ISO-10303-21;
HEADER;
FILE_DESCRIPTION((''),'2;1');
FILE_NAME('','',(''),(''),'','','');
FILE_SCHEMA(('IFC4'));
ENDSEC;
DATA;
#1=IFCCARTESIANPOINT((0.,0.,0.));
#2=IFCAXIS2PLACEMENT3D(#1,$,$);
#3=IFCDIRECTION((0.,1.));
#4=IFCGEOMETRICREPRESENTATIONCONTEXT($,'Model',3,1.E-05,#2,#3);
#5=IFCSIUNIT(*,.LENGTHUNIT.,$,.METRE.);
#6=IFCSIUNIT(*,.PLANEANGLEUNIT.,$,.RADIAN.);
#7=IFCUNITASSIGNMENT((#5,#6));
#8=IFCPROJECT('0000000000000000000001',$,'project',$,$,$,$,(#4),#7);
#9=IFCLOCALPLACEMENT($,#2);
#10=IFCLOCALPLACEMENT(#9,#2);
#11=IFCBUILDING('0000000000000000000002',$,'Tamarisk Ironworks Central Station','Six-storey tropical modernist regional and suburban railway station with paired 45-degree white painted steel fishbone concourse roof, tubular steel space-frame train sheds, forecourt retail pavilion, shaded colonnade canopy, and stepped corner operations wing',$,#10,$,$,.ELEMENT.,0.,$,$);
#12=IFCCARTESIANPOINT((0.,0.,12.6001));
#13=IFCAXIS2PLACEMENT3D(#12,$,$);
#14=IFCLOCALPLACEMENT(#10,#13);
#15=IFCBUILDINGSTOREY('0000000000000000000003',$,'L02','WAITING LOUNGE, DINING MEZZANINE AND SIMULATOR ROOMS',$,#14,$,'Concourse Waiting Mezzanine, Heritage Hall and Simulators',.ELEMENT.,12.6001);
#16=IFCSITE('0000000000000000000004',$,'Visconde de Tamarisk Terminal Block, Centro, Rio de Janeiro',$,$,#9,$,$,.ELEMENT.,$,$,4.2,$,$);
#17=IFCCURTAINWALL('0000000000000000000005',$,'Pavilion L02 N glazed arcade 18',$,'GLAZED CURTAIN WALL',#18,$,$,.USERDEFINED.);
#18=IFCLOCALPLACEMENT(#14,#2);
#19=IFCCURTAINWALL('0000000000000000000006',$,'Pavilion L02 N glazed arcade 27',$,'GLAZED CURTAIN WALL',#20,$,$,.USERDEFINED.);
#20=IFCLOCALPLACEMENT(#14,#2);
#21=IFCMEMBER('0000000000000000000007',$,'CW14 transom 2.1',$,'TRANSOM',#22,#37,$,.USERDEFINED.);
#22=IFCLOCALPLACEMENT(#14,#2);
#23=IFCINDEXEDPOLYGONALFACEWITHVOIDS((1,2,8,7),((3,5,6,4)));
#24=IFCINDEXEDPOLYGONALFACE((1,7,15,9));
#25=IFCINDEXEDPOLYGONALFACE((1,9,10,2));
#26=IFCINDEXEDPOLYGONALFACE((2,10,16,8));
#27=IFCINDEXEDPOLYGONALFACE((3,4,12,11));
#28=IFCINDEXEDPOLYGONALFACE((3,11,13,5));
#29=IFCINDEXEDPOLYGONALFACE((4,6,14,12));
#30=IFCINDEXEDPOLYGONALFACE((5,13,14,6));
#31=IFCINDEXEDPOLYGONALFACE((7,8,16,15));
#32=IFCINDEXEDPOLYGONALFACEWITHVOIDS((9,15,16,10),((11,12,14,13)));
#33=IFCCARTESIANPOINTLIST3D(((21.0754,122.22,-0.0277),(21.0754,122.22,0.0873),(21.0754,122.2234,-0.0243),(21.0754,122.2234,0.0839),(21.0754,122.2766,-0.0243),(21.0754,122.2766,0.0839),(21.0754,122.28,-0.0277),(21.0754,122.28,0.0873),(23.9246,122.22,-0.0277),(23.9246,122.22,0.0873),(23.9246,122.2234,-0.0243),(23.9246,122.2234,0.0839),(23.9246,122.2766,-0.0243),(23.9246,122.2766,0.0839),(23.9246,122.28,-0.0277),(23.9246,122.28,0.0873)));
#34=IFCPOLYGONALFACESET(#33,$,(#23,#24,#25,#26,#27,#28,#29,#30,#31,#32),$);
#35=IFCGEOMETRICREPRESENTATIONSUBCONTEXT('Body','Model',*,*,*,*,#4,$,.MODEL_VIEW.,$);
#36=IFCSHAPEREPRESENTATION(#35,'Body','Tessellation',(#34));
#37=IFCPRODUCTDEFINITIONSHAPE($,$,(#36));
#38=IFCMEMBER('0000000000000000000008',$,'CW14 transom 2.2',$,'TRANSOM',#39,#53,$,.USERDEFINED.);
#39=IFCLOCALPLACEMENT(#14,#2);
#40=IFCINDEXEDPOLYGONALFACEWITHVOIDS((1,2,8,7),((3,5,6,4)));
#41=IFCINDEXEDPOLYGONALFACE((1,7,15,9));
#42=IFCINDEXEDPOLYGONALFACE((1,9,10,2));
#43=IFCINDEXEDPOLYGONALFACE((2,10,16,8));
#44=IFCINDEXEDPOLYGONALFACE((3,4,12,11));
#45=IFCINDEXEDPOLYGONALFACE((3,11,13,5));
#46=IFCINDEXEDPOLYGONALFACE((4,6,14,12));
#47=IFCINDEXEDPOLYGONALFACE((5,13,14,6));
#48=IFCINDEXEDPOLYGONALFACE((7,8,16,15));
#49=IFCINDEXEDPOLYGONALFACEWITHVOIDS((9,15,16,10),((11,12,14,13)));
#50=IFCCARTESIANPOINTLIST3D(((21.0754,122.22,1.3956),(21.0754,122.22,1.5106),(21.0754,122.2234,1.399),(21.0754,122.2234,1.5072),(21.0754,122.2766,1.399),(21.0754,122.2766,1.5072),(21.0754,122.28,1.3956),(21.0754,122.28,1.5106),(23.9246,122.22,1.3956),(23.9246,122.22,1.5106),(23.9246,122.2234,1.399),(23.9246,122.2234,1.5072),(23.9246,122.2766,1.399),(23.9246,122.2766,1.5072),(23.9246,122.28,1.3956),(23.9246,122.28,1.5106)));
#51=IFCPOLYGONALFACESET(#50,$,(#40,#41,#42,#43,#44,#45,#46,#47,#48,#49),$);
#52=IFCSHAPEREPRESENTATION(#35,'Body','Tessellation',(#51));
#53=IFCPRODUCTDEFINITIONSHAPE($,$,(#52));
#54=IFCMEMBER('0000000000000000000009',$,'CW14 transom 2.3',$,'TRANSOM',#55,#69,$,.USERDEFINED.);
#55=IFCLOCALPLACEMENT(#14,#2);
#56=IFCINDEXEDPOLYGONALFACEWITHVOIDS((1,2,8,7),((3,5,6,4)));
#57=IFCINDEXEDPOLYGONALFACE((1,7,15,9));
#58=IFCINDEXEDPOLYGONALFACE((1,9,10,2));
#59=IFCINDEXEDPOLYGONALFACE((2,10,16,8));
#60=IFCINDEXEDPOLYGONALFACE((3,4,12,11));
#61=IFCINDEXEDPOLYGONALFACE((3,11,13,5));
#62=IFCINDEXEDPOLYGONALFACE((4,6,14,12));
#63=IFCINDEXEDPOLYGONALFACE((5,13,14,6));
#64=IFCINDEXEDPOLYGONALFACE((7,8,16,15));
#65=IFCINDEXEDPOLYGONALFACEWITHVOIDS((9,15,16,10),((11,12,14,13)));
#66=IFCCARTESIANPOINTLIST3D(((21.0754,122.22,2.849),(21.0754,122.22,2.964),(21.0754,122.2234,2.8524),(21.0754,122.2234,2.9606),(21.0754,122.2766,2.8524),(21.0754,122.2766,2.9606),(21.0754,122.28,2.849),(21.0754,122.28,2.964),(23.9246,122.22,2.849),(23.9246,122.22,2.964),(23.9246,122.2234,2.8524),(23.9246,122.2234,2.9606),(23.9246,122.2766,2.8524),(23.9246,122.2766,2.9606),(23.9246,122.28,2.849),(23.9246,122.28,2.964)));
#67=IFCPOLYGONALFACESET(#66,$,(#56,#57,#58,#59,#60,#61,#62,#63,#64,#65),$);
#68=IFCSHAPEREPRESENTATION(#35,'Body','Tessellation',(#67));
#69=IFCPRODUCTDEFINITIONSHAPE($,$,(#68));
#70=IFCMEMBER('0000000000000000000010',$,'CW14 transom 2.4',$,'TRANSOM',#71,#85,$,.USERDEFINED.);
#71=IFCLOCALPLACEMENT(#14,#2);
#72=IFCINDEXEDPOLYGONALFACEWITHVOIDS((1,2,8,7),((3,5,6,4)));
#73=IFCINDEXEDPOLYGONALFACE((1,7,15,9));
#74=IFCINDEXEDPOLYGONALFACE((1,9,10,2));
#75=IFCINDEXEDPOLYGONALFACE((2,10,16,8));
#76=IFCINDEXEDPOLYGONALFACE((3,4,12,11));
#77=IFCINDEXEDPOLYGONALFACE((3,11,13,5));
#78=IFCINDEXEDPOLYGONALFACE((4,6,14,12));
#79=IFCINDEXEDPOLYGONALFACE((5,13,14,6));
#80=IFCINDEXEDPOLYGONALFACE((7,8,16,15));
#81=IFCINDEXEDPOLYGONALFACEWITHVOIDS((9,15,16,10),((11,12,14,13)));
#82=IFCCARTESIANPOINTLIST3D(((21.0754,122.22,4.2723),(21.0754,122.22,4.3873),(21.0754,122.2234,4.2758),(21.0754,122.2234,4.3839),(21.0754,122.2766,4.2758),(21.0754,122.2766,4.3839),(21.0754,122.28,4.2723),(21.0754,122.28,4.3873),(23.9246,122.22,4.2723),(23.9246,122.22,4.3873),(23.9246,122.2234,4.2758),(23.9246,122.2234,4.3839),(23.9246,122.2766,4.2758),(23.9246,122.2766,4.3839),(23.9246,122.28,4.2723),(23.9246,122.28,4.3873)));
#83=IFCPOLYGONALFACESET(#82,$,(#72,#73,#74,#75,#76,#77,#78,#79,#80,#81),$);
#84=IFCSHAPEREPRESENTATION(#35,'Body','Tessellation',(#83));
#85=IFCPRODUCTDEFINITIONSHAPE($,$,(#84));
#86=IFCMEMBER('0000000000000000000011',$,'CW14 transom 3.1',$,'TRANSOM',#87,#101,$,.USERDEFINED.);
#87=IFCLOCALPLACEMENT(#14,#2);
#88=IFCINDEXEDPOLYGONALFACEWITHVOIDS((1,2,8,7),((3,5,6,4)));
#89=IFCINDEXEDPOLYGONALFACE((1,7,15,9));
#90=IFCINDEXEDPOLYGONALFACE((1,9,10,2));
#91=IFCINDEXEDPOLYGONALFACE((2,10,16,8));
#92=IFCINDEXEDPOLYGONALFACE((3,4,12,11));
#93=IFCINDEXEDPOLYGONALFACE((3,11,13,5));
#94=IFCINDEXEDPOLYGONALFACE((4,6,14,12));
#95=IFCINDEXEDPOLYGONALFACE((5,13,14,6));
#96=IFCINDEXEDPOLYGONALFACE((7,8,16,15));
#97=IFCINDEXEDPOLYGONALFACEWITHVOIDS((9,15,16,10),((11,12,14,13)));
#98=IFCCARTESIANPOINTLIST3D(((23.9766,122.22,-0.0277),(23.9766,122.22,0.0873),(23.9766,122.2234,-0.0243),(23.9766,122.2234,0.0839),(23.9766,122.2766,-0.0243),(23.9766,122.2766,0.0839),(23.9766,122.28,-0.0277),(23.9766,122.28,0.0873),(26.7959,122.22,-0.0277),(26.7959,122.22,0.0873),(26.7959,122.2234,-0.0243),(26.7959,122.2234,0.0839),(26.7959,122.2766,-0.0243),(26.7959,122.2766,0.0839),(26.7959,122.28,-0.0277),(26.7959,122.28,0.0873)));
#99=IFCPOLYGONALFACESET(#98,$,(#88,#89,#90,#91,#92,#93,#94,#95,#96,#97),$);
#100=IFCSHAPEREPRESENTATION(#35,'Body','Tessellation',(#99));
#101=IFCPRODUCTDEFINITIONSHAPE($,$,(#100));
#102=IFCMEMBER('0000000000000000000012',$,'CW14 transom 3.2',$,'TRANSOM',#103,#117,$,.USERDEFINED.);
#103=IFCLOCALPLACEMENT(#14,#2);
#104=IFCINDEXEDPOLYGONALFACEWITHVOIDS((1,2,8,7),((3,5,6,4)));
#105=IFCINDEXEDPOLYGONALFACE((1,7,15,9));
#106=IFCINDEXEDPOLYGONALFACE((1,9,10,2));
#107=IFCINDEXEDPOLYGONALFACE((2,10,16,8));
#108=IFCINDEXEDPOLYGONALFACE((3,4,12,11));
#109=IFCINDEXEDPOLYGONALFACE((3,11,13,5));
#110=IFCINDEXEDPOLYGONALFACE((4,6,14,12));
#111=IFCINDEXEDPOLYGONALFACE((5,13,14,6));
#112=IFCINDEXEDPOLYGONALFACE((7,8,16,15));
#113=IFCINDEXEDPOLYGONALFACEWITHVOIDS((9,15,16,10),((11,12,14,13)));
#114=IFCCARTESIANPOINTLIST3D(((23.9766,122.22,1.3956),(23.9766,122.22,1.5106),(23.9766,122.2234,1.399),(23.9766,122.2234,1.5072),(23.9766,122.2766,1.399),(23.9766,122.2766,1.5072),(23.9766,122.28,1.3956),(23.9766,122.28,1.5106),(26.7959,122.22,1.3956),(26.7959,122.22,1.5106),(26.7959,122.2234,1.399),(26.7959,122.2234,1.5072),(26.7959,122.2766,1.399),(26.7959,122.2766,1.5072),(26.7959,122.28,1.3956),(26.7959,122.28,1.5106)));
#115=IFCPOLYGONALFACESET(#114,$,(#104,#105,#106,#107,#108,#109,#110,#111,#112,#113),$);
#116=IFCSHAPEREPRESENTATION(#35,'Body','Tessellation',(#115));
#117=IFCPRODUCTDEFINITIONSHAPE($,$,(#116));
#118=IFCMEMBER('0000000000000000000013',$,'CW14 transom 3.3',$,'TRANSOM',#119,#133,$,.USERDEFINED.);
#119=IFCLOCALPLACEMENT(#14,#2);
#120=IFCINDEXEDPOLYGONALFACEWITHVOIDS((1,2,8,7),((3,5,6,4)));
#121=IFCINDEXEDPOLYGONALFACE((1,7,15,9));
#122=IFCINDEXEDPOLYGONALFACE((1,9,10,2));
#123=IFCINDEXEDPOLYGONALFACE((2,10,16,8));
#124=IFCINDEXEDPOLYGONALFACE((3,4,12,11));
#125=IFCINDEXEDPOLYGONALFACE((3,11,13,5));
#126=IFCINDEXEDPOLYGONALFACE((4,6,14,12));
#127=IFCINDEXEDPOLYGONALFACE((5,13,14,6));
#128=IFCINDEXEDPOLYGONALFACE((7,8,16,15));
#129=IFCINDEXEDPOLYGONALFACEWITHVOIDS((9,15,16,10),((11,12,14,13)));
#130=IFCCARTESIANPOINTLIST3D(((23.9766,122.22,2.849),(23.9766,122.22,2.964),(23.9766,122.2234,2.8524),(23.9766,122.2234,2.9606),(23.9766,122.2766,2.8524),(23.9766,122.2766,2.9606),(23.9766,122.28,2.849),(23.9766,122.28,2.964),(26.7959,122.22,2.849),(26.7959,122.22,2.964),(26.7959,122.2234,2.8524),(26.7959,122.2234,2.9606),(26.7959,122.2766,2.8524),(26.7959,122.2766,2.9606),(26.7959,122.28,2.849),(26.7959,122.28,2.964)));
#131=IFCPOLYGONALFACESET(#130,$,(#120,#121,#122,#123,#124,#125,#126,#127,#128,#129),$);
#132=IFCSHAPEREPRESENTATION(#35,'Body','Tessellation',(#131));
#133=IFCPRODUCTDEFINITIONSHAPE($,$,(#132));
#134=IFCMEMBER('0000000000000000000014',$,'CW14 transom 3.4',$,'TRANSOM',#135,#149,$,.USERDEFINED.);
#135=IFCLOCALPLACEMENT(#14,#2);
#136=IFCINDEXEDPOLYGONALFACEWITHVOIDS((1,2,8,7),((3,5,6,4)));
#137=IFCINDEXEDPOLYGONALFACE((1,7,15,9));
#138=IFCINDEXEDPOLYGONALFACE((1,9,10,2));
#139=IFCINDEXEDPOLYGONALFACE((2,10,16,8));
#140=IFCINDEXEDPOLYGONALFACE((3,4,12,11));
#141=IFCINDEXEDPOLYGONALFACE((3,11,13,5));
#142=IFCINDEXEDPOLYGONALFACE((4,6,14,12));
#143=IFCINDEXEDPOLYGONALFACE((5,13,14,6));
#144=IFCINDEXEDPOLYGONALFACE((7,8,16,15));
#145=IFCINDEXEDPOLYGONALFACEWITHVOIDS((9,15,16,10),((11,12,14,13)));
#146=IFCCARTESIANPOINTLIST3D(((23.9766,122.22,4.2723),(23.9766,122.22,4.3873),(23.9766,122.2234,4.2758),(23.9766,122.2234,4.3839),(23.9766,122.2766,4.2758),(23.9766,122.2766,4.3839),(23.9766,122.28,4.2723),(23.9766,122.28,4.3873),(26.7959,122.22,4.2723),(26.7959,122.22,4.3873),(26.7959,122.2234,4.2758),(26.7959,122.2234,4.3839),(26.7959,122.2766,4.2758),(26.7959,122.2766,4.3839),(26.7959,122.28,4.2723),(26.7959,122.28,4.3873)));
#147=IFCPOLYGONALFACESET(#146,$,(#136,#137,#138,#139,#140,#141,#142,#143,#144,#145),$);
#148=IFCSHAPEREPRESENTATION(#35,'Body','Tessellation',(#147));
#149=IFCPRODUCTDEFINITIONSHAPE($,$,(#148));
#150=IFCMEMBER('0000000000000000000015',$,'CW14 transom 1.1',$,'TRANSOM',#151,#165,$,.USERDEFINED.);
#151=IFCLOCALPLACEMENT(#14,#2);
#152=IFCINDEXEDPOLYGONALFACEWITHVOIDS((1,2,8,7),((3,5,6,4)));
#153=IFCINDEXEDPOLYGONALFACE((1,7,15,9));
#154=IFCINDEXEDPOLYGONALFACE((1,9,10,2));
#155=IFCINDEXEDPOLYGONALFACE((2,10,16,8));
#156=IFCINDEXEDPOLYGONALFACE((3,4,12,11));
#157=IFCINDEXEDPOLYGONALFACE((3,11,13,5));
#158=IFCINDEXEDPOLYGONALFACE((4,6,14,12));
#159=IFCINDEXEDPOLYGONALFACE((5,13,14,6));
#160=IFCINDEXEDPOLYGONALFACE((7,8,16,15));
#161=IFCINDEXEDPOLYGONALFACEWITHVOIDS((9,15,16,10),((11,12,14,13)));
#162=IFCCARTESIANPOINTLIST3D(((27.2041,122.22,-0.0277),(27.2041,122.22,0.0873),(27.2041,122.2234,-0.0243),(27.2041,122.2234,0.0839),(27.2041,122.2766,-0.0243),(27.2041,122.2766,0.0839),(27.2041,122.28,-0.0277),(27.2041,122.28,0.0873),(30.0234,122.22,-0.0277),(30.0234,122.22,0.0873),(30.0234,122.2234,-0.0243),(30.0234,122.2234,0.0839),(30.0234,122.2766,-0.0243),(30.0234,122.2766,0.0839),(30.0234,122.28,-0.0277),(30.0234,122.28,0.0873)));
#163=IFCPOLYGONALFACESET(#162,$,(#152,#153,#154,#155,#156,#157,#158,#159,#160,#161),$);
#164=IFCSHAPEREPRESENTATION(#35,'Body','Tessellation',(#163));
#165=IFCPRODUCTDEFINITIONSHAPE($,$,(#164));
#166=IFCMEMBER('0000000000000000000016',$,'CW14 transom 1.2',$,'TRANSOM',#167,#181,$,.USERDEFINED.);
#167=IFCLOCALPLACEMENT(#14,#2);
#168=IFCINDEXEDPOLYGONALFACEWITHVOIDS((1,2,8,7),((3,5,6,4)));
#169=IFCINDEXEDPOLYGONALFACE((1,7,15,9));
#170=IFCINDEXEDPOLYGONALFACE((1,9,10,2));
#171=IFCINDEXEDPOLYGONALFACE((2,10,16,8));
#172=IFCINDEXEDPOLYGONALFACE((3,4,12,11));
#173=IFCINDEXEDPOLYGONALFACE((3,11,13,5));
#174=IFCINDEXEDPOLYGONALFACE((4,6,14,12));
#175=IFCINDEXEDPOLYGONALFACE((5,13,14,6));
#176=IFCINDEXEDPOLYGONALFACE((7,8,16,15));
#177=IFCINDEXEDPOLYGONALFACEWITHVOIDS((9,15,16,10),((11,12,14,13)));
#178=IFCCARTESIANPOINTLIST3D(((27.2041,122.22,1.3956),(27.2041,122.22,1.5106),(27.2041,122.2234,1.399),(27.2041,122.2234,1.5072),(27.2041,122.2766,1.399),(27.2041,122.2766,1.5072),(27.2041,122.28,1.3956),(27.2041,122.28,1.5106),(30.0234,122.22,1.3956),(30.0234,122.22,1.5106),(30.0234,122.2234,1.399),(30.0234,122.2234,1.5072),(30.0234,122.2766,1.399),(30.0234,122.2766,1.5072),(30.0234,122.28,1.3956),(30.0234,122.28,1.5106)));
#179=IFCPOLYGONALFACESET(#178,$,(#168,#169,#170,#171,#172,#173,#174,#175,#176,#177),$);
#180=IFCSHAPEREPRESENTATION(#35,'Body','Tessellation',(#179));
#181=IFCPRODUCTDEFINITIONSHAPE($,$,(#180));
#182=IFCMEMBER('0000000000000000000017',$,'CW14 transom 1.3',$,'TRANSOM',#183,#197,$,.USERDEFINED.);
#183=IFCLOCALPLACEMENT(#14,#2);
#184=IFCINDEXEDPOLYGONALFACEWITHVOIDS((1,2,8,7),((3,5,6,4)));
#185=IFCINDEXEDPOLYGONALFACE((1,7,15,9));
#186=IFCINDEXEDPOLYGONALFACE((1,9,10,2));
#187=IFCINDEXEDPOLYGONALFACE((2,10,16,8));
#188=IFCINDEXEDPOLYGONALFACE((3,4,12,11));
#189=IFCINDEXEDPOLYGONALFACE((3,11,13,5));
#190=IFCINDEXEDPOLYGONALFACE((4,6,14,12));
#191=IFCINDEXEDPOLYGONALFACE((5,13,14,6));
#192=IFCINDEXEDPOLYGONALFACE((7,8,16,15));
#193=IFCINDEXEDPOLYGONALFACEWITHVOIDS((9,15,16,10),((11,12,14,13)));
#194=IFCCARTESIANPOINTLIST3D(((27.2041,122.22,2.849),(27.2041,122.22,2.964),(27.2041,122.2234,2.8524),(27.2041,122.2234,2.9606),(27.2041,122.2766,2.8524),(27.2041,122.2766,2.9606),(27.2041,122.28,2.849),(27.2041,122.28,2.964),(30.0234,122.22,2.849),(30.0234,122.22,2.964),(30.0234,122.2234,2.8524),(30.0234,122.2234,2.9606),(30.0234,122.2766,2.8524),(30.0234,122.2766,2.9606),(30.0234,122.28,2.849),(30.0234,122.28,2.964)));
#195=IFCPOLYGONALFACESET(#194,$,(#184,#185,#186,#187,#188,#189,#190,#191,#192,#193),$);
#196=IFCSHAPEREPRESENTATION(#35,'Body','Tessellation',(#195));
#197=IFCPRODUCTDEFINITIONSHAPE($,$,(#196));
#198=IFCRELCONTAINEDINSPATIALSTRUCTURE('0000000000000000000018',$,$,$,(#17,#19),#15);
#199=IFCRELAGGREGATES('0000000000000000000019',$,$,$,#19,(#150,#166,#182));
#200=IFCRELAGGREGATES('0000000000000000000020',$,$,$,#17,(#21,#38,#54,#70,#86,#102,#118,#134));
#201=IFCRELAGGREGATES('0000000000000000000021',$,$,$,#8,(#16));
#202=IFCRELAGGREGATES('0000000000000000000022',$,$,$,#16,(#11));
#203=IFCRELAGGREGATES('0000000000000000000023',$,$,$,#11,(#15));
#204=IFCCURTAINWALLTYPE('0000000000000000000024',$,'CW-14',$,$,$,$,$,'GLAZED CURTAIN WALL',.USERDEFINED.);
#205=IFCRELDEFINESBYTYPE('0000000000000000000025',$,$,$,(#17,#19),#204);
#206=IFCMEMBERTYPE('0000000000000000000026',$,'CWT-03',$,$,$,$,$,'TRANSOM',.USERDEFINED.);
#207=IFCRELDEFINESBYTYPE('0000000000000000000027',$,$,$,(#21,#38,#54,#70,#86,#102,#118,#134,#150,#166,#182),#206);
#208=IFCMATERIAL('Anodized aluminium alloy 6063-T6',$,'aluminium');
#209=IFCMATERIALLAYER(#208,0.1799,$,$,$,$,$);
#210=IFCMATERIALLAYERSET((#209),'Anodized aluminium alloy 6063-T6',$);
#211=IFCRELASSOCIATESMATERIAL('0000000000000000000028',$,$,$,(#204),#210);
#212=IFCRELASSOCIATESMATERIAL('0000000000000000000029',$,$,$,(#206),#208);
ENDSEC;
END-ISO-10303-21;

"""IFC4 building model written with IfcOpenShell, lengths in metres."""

from ifc_helpers import new_model, si_unit, direction, frame, origin, origin_2d, place, context, subcontext, project, spatial, hollow_rectangle, extrude, material, layer, layer_set, material_profile, profile_set, type_object, element, aggregate, save


model = new_model("IFC4")

# Units and contexts
model_context = context("Model", 3, precision=1e-05, world=origin(), true_north=direction((0.0, 1.0)))
body_context = subcontext(model_context, "Body", "Model", "MODEL_VIEW")
ifc_project = project(units=[si_unit("LENGTHUNIT", "METRE"), si_unit("PLANEANGLEUNIT", "RADIAN")], contexts=[model_context])

# Site, building, storey
site_placement = place(None, origin())
site = spatial("IfcSite", under=ifc_project, at=site_placement, Name="Visconde de Tamarisk Terminal Block, Centro, Rio de Janeiro", CompositionType="ELEMENT", RefElevation=4.2)
building_placement = place(site_placement, origin())
building = spatial("IfcBuilding", under=site, at=building_placement, Name="Tamarisk Ironworks Central Station", Description="Six-storey tropical modernist regional and suburban railway station with paired 45-degree white painted steel fishbone concourse roof, tubular steel space-frame train sheds, forecourt retail pavilion, shaded colonnade canopy, and stepped corner operations wing", CompositionType="ELEMENT", ElevationOfRefHeight=0.0)
storey_placement = place(building_placement, frame((0.0, 0.0, 12.6001)))
storey = spatial("IfcBuildingStorey", under=building, at=storey_placement, Name="L02", Description="WAITING LOUNGE, DINING MEZZANINE AND SIMULATOR ROOMS", LongName="Concourse Waiting Mezzanine, Heritage Hall and Simulators", CompositionType="ELEMENT", Elevation=12.6001)

# Curtain wall
ifc_material_1 = material(Name="Anodized aluminium alloy 6063-T6", Category="aluminium")
ifc_layer_1 = layer(ifc_material_1, 0.1799)
ifc_layer_set_1 = layer_set([ifc_layer_1], Name="Anodized aluminium alloy 6063-T6")
curtain_wall_type = type_object("IfcCurtainWallType", Name="CW-14", ElementType="GLAZED CURTAIN WALL", PredefinedType="USERDEFINED", material=ifc_layer_set_1)
curtain_wall_1_placement = place(storey_placement, origin())
curtain_wall_1 = element("IfcCurtainWall", 1, at=curtain_wall_1_placement, inside=storey, type_object=curtain_wall_type, Name="Pavilion L02 N glazed arcade 18", ObjectType="GLAZED CURTAIN WALL", PredefinedType="USERDEFINED")

# Curtain wall
curtain_wall_2_placement = place(storey_placement, origin())
curtain_wall_2 = element("IfcCurtainWall", 2, at=curtain_wall_2_placement, inside=storey, type_object=curtain_wall_type, Name="Pavilion L02 N glazed arcade 27", ObjectType="GLAZED CURTAIN WALL", PredefinedType="USERDEFINED")

# Members
ifc_material_profile_1 = material_profile(ifc_material_1, hollow_rectangle(XDim=0.0601, YDim=0.115, WallThickness=0.0034, at=origin_2d()), Name="ALUM 115x60")
ifc_profile_set_1 = profile_set([ifc_material_profile_1], Name="Anodized aluminium alloy 6063-T6")
member_type_1 = type_object("IfcMemberType", Name="CWT-03", ElementType="TRANSOM", PredefinedType="USERDEFINED", material=ifc_profile_set_1)
member_1_placement = place(storey_placement, frame((21.0754, 122.25, 0.0298), z_axis=(1.0, 0.0, 0.0), x_axis=(0.0, 1.0, 0.0)))
member_1 = element("IfcMember", 3, at=member_1_placement, type_object=member_type_1, Name="CW14 transom 2.1", ObjectType="TRANSOM", PredefinedType="USERDEFINED", context=body_context, shape_type="SweptSolid", body=[
    extrude(hollow_rectangle(XDim=0.0601, YDim=0.115, WallThickness=0.0034, at=origin_2d()), origin(), (0.0, 0.0, 1.0), 2.8491),
])
member_2_placement = place(storey_placement, frame((21.0754, 122.25, 1.4531), z_axis=(1.0, 0.0, 0.0), x_axis=(0.0, 1.0, 0.0)))
member_2 = element("IfcMember", 4, at=member_2_placement, type_object=member_type_1, Name="CW14 transom 2.2", ObjectType="TRANSOM", PredefinedType="USERDEFINED", context=body_context, shape_type="SweptSolid", body=[
    extrude(hollow_rectangle(XDim=0.0601, YDim=0.115, WallThickness=0.0034, at=origin_2d()), origin(), (0.0, 0.0, 1.0), 2.8491),
])
member_3_placement = place(storey_placement, frame((21.0754, 122.25, 2.9065), z_axis=(1.0, 0.0, 0.0), x_axis=(0.0, 1.0, 0.0)))
member_3 = element("IfcMember", 5, at=member_3_placement, type_object=member_type_1, Name="CW14 transom 2.3", ObjectType="TRANSOM", PredefinedType="USERDEFINED", context=body_context, shape_type="SweptSolid", body=[
    extrude(hollow_rectangle(XDim=0.0601, YDim=0.115, WallThickness=0.0034, at=origin_2d()), origin(), (0.0, 0.0, 1.0), 2.8491),
])
member_4_placement = place(storey_placement, frame((21.0754, 122.25, 4.3298), z_axis=(1.0, 0.0, 0.0), x_axis=(0.0, 1.0, 0.0)))
member_4 = element("IfcMember", 6, at=member_4_placement, type_object=member_type_1, Name="CW14 transom 2.4", ObjectType="TRANSOM", PredefinedType="USERDEFINED", context=body_context, shape_type="SweptSolid", body=[
    extrude(hollow_rectangle(XDim=0.0601, YDim=0.115, WallThickness=0.0034, at=origin_2d()), origin(), (0.0, 0.0, 1.0), 2.8491),
])
member_5_placement = place(storey_placement, frame((23.9766, 122.25, 0.0298), z_axis=(1.0, 0.0, 0.0), x_axis=(0.0, 1.0, 0.0)))
member_5 = element("IfcMember", 7, at=member_5_placement, type_object=member_type_1, Name="CW14 transom 3.1", ObjectType="TRANSOM", PredefinedType="USERDEFINED", context=body_context, shape_type="SweptSolid", body=[
    extrude(hollow_rectangle(XDim=0.0601, YDim=0.115, WallThickness=0.0034, at=origin_2d()), origin(), (0.0, 0.0, 1.0), 2.8193),
])
member_6_placement = place(storey_placement, frame((23.9766, 122.25, 1.4531), z_axis=(1.0, 0.0, 0.0), x_axis=(0.0, 1.0, 0.0)))
member_6 = element("IfcMember", 8, at=member_6_placement, type_object=member_type_1, Name="CW14 transom 3.2", ObjectType="TRANSOM", PredefinedType="USERDEFINED", context=body_context, shape_type="SweptSolid", body=[
    extrude(hollow_rectangle(XDim=0.0601, YDim=0.115, WallThickness=0.0034, at=origin_2d()), origin(), (0.0, 0.0, 1.0), 2.8193),
])
member_7_placement = place(storey_placement, frame((23.9766, 122.25, 2.9065), z_axis=(1.0, 0.0, 0.0), x_axis=(0.0, 1.0, 0.0)))
member_7 = element("IfcMember", 9, at=member_7_placement, type_object=member_type_1, Name="CW14 transom 3.3", ObjectType="TRANSOM", PredefinedType="USERDEFINED", context=body_context, shape_type="SweptSolid", body=[
    extrude(hollow_rectangle(XDim=0.0601, YDim=0.115, WallThickness=0.0034, at=origin_2d()), origin(), (0.0, 0.0, 1.0), 2.8193),
])
member_8_placement = place(storey_placement, frame((23.9766, 122.25, 4.3298), z_axis=(1.0, 0.0, 0.0), x_axis=(0.0, 1.0, 0.0)))
member_8 = element("IfcMember", 10, at=member_8_placement, type_object=member_type_1, Name="CW14 transom 3.4", ObjectType="TRANSOM", PredefinedType="USERDEFINED", context=body_context, shape_type="SweptSolid", body=[
    extrude(hollow_rectangle(XDim=0.0601, YDim=0.115, WallThickness=0.0034, at=origin_2d()), origin(), (0.0, 0.0, 1.0), 2.8193),
])
member_9_placement = place(storey_placement, frame((27.2041, 122.25, 0.0298), z_axis=(1.0, 0.0, 0.0), x_axis=(0.0, 1.0, 0.0)))
member_9 = element("IfcMember", 11, at=member_9_placement, type_object=member_type_1, Name="CW14 transom 1.1", ObjectType="TRANSOM", PredefinedType="USERDEFINED", context=body_context, shape_type="SweptSolid", body=[
    extrude(hollow_rectangle(XDim=0.0601, YDim=0.115, WallThickness=0.0034, at=origin_2d()), origin(), (0.0, 0.0, 1.0), 2.8193),
])
member_10_placement = place(storey_placement, frame((27.2041, 122.25, 1.4531), z_axis=(1.0, 0.0, 0.0), x_axis=(0.0, 1.0, 0.0)))
member_10 = element("IfcMember", 12, at=member_10_placement, type_object=member_type_1, Name="CW14 transom 1.2", ObjectType="TRANSOM", PredefinedType="USERDEFINED", context=body_context, shape_type="SweptSolid", body=[
    extrude(hollow_rectangle(XDim=0.0601, YDim=0.115, WallThickness=0.0034, at=origin_2d()), origin(), (0.0, 0.0, 1.0), 2.8193),
])
member_11_placement = place(storey_placement, frame((27.2041, 122.25, 2.9065), z_axis=(1.0, 0.0, 0.0), x_axis=(0.0, 1.0, 0.0)))
member_11 = element("IfcMember", 13, at=member_11_placement, type_object=member_type_1, Name="CW14 transom 1.3", ObjectType="TRANSOM", PredefinedType="USERDEFINED", context=body_context, shape_type="SweptSolid", body=[
    extrude(hollow_rectangle(XDim=0.0601, YDim=0.115, WallThickness=0.0034, at=origin_2d()), origin(), (0.0, 0.0, 1.0), 2.8193),
])
aggregate(curtain_wall_2, [member_9, member_10, member_11])

aggregate(curtain_wall_1, [member_1, member_2, member_3, member_4, member_5, member_6, member_7, member_8])

save(model, "model.ifc")
